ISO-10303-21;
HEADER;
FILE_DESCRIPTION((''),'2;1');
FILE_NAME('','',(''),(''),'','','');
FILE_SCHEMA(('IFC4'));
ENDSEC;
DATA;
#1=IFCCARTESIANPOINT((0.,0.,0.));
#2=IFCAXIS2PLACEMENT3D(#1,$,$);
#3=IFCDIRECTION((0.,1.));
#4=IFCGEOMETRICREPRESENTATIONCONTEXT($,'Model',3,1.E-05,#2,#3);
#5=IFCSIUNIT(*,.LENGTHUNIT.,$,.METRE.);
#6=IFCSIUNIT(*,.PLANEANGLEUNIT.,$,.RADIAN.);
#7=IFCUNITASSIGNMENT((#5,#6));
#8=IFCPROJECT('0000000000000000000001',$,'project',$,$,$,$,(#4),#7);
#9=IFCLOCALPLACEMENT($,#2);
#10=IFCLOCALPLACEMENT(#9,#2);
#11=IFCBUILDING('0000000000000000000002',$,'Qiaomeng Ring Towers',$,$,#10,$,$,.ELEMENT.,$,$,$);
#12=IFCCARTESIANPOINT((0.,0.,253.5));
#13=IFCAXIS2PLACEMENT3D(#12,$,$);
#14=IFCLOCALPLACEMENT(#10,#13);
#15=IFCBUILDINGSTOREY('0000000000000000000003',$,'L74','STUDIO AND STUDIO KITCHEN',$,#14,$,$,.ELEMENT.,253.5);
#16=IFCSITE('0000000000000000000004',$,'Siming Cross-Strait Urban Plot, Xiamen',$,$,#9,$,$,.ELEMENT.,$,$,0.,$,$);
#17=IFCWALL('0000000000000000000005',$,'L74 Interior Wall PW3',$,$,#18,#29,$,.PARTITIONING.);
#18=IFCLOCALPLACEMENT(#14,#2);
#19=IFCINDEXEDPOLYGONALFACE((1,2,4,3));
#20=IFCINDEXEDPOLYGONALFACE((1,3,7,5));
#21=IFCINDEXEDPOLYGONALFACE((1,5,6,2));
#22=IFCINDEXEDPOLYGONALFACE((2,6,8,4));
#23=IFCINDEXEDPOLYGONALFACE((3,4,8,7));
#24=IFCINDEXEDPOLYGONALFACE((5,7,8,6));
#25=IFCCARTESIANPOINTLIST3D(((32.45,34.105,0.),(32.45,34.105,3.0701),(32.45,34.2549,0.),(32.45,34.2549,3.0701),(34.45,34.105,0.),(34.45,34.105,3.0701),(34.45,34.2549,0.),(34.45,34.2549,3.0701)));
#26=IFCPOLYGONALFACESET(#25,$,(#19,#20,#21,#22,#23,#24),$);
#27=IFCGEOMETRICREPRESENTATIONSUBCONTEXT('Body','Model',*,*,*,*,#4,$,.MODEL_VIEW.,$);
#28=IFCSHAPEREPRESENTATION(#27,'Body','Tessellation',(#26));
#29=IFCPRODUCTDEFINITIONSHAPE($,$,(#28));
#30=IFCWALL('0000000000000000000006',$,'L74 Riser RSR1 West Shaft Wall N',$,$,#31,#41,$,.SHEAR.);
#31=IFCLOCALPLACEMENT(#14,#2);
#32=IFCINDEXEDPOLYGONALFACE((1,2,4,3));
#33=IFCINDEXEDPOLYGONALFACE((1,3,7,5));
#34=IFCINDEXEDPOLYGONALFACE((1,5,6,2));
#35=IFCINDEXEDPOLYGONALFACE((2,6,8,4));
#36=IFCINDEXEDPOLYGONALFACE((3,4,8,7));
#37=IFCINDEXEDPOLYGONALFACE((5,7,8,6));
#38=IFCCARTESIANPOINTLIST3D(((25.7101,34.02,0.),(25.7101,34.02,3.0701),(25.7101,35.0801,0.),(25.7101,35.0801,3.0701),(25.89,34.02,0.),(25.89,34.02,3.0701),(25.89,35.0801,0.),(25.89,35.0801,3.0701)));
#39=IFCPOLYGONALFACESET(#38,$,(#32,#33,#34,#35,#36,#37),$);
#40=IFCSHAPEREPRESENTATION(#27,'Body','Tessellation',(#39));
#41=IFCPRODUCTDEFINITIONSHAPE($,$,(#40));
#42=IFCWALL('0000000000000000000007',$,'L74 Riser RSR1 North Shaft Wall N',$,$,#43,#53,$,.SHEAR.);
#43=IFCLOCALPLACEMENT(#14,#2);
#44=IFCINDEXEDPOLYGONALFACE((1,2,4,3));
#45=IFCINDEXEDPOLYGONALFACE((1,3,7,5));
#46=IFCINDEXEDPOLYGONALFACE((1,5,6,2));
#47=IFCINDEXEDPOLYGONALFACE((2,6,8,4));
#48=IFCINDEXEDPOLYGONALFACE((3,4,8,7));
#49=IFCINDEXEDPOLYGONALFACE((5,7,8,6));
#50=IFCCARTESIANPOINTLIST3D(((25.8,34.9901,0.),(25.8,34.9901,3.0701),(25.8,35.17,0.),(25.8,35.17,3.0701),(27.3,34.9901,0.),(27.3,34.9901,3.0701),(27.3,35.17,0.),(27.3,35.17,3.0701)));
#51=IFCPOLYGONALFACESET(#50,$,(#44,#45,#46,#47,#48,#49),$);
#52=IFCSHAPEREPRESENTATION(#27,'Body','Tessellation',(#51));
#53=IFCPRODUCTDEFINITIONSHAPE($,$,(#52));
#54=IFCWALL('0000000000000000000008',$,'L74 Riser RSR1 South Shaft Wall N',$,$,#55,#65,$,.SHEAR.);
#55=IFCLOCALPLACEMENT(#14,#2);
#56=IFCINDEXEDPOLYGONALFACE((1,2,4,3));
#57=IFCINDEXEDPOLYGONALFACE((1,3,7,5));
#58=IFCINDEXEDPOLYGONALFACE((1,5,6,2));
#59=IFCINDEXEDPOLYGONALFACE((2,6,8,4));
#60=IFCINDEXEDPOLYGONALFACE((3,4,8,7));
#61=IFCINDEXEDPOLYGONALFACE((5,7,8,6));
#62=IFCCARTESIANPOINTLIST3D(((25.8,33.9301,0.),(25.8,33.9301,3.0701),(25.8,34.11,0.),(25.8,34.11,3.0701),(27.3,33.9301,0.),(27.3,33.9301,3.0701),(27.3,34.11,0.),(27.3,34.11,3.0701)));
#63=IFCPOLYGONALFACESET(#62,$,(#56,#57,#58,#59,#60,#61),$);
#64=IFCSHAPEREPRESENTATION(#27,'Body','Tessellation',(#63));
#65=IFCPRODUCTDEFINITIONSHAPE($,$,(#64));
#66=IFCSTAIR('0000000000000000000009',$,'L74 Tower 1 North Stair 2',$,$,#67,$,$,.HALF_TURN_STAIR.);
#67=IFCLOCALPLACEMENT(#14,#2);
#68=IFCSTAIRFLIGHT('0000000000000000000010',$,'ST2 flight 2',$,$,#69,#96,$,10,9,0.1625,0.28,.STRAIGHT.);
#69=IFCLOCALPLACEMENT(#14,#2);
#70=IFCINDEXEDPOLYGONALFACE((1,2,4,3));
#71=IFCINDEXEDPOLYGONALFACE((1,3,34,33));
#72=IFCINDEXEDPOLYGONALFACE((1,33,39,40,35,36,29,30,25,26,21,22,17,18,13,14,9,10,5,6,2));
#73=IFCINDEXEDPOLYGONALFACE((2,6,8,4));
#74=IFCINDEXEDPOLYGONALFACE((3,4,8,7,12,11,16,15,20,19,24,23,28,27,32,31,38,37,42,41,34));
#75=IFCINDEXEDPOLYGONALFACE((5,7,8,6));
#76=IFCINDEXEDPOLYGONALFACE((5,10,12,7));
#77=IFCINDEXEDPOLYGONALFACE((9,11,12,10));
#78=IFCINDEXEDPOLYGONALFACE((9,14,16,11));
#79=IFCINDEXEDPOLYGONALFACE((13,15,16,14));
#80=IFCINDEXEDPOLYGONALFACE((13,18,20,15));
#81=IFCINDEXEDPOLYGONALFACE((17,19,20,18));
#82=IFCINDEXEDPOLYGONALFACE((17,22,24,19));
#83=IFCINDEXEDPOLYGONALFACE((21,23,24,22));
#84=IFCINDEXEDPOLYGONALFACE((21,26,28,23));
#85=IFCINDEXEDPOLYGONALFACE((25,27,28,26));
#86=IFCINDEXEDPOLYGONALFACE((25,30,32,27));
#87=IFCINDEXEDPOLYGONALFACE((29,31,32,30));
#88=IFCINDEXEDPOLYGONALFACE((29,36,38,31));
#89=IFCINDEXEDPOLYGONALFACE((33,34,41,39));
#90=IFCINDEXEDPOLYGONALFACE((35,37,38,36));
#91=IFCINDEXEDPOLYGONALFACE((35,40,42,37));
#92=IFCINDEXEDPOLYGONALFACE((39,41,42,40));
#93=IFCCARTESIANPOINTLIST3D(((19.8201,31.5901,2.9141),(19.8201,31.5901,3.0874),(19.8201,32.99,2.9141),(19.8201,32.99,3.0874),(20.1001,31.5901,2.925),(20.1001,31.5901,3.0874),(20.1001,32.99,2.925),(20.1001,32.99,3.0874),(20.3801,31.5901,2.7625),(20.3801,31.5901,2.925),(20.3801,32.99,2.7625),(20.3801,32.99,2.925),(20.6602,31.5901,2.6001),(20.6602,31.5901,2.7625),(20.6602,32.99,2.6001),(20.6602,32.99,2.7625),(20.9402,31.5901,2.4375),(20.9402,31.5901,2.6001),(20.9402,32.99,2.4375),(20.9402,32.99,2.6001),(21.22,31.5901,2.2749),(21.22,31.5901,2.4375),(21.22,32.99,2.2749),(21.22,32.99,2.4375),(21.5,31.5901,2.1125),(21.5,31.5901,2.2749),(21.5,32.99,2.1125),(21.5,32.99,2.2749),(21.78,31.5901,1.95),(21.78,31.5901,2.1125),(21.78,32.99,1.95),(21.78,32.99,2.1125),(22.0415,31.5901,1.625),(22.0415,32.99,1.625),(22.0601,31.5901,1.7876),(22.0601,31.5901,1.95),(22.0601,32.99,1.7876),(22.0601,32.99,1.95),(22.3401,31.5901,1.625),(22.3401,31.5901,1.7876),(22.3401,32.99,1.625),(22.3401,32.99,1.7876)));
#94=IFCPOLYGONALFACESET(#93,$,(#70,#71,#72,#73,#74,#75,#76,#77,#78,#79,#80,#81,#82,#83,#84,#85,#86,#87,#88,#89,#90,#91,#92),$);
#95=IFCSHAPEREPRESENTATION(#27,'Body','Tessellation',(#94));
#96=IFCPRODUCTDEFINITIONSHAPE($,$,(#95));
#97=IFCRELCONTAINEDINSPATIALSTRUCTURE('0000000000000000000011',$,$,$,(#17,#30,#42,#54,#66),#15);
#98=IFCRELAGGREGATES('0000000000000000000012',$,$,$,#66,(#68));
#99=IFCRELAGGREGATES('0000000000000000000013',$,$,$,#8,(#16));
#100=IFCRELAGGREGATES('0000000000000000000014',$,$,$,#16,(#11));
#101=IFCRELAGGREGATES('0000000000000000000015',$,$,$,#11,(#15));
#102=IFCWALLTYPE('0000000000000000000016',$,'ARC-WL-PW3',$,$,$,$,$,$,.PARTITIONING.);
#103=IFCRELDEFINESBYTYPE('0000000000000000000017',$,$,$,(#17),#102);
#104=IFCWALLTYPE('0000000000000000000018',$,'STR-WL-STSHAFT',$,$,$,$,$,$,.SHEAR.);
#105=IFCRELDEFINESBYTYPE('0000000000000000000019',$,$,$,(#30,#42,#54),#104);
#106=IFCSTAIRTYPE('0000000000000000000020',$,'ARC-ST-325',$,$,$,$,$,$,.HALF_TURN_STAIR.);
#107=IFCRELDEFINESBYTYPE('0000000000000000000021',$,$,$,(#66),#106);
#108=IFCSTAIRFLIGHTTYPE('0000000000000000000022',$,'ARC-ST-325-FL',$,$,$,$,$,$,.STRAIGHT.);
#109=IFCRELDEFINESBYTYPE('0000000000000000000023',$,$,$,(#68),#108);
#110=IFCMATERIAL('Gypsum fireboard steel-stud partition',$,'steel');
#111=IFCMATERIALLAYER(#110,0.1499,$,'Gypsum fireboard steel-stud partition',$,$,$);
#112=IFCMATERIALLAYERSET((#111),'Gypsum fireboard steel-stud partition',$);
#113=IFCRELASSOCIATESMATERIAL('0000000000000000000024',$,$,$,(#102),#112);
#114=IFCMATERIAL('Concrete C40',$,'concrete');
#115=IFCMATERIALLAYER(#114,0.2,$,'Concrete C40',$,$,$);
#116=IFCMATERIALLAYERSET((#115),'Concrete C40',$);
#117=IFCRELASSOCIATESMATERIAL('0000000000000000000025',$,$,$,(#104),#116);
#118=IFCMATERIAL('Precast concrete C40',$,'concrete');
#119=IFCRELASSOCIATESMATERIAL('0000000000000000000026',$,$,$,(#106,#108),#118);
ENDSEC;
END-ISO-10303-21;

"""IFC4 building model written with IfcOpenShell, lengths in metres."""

from ifc_helpers import new_model, si_unit, direction, frame, frame_2d, origin, place, context, subcontext, project, spatial, polyline, rectangle, outline, extrude, source, transform, mapped, material, layer, layer_set, type_object, element, aggregate, save


model = new_model("IFC4")

# Units and contexts
model_context = context("Model", 3, precision=1e-05, world=origin(), true_north=direction((0.0, 1.0)))
body_context = subcontext(model_context, "Body", "Model", "MODEL_VIEW")
ifc_project = project(units=[si_unit("LENGTHUNIT", "METRE"), si_unit("PLANEANGLEUNIT", "RADIAN")], contexts=[model_context])

# Site, building, storey
site_placement = place(None, origin())
site = spatial("IfcSite", under=ifc_project, at=site_placement, Name="Siming Cross-Strait Urban Plot, Xiamen", CompositionType="ELEMENT", RefElevation=0.0)
building_placement = place(site_placement, origin())
building = spatial("IfcBuilding", under=site, at=building_placement, Name="Qiaomeng Ring Towers", CompositionType="ELEMENT")
storey_placement = place(building_placement, frame((0.0, 0.0, 253.5)))
storey = spatial("IfcBuildingStorey", under=building, at=storey_placement, Name="L74", Description="STUDIO AND STUDIO KITCHEN", CompositionType="ELEMENT", Elevation=253.5)

# Shared definitions
ifc_material_1 = material(Name="Concrete C40", Category="concrete")

# Walls
ifc_material_2 = material(Name="Gypsum fireboard steel-stud partition", Category="steel")
ifc_layer_1 = layer(ifc_material_2, 0.1499, Name="Gypsum fireboard steel-stud partition")
ifc_layer_set_1 = layer_set([ifc_layer_1], Name="Gypsum fireboard steel-stud partition")
wall_type_1 = type_object("IfcWallType", Name="ARC-WL-PW3", PredefinedType="PARTITIONING", material=ifc_layer_set_1)
wall_1_placement = place(storey_placement, frame((32.45, 34.1799, 0.0), z_axis=(0.0, 0.0, 1.0), x_axis=(1.0, 0.0, 0.0)))
element("IfcWall", 1, at=wall_1_placement, inside=storey, type_object=wall_type_1, Name="L74 Interior Wall PW3", PredefinedType="PARTITIONING", context=body_context, shape_type="SweptSolid", body=[
    extrude(rectangle(XDim=2.0, YDim=0.1499, at=frame_2d((1.0, 0.0))), origin(), (0.0, 0.0, 1.0), 3.0701),
])
ifc_layer_2 = layer(ifc_material_1, 0.2, Name="Concrete C40")
ifc_layer_set_2 = layer_set([ifc_layer_2], Name="Concrete C40")
wall_type_2 = type_object("IfcWallType", Name="STR-WL-STSHAFT", PredefinedType="SHEAR", material=ifc_layer_set_2)
wall_2_placement = place(storey_placement, frame((25.8, 34.02, 0.0), z_axis=(0.0, 0.0, 1.0), x_axis=(0.0, 1.0, 0.0)))
element("IfcWall", 2, at=wall_2_placement, inside=storey, type_object=wall_type_2, Name="L74 Riser RSR1 West Shaft Wall N", PredefinedType="SHEAR", context=body_context, shape_type="SweptSolid", body=[
    extrude(rectangle(XDim=1.0601, YDim=0.1799, at=frame_2d((0.53, 0.0))), origin(), (0.0, 0.0, 1.0), 3.0701),
])
for number, where, z_axis, x_axis, name in (
    (3, (25.8, 35.0801, 0.0), (0.0, 0.0, 1.0), (1.0, 0.0, 0.0), "L74 Riser RSR1 North Shaft Wall N"),
    (4, (25.8, 34.02, 0.0), (0.0, 0.0, 1.0), (1.0, 0.0, 0.0), "L74 Riser RSR1 South Shaft Wall N"),
):
    element("IfcWall", number, at=place(storey_placement, frame(where, z_axis=z_axis, x_axis=x_axis)), inside=storey, type_object=wall_type_2, Name=name, PredefinedType="SHEAR", context=body_context, shape_type="SweptSolid", body=[
        extrude(rectangle(XDim=1.5, YDim=0.1799, at=frame_2d((0.75, 0.0))), origin(), (0.0, 0.0, 1.0), 3.0701),
    ])

# Stair, stair flight
ifc_material_3 = material(Name="Precast concrete C40", Category="concrete")
stair_type = type_object("IfcStairType", Name="ARC-ST-325", PredefinedType="HALF_TURN_STAIR", material=ifc_material_3)
stair_placement = place(storey_placement, origin())
stair = element("IfcStair", 5, at=stair_placement, inside=storey, type_object=stair_type, Name="L74 Tower 1 North Stair 2", PredefinedType="HALF_TURN_STAIR")
stair_flight_type = type_object("IfcStairFlightType", Name="ARC-ST-325-FL", PredefinedType="STRAIGHT", material=ifc_material_3)
shared_shape_1 = source(origin(), body_context, "Body", "SweptSolid", [
    extrude(outline(polyline([(0.0, 0.0), (0.0, 0.1626), (0.28, 0.1626), (0.28, 0.325), (0.5601, 0.325), (0.5601, 0.4875), (0.8401, 0.4875), (0.8401, 0.6499), (1.1201, 0.6499), (1.1201, 0.8125), (1.3999, 0.8125), (1.3999, 0.9751), (1.6799, 0.9751), (1.6799, 1.1375), (1.96, 1.1375), (1.96, 1.3), (2.24, 1.3), (2.24, 1.4624), (2.52, 1.4624), (2.52, 1.625), (2.52, 1.2891), (0.2986, 0.0), (0.0, 0.0)])), frame((0.0, 0.7, 0.0), z_axis=(0.0, -1.0, 0.0), x_axis=(1.0, 0.0, 0.0)), (0.0, 0.0, 1.0), 1.3999),
])
stair_flight_placement = place(storey_placement, frame((22.3401, 32.29, 1.625), z_axis=(0.0, 0.0, 1.0), x_axis=(-1.0, 0.0, 0.0)))
stair_flight = element("IfcStairFlight", 6, at=stair_flight_placement, type_object=stair_flight_type, Name="ST2 flight 2", NumberOfRisers=10, NumberOfTreads=9, PredefinedType="STRAIGHT", RiserHeight=0.1625, TreadLength=0.28, context=body_context, shape_type="MappedRepresentation", body=[
    mapped(shared_shape_1, transform((0.0, 0.0, 0.0), x_axis=(1.0, 0.0, 0.0), y_axis=(0.0, 1.0, 0.0), z_axis=(0.0, 0.0, 1.0), scale=1.0)),
])
aggregate(stair, [stair_flight])

save(model, "model.ifc")
